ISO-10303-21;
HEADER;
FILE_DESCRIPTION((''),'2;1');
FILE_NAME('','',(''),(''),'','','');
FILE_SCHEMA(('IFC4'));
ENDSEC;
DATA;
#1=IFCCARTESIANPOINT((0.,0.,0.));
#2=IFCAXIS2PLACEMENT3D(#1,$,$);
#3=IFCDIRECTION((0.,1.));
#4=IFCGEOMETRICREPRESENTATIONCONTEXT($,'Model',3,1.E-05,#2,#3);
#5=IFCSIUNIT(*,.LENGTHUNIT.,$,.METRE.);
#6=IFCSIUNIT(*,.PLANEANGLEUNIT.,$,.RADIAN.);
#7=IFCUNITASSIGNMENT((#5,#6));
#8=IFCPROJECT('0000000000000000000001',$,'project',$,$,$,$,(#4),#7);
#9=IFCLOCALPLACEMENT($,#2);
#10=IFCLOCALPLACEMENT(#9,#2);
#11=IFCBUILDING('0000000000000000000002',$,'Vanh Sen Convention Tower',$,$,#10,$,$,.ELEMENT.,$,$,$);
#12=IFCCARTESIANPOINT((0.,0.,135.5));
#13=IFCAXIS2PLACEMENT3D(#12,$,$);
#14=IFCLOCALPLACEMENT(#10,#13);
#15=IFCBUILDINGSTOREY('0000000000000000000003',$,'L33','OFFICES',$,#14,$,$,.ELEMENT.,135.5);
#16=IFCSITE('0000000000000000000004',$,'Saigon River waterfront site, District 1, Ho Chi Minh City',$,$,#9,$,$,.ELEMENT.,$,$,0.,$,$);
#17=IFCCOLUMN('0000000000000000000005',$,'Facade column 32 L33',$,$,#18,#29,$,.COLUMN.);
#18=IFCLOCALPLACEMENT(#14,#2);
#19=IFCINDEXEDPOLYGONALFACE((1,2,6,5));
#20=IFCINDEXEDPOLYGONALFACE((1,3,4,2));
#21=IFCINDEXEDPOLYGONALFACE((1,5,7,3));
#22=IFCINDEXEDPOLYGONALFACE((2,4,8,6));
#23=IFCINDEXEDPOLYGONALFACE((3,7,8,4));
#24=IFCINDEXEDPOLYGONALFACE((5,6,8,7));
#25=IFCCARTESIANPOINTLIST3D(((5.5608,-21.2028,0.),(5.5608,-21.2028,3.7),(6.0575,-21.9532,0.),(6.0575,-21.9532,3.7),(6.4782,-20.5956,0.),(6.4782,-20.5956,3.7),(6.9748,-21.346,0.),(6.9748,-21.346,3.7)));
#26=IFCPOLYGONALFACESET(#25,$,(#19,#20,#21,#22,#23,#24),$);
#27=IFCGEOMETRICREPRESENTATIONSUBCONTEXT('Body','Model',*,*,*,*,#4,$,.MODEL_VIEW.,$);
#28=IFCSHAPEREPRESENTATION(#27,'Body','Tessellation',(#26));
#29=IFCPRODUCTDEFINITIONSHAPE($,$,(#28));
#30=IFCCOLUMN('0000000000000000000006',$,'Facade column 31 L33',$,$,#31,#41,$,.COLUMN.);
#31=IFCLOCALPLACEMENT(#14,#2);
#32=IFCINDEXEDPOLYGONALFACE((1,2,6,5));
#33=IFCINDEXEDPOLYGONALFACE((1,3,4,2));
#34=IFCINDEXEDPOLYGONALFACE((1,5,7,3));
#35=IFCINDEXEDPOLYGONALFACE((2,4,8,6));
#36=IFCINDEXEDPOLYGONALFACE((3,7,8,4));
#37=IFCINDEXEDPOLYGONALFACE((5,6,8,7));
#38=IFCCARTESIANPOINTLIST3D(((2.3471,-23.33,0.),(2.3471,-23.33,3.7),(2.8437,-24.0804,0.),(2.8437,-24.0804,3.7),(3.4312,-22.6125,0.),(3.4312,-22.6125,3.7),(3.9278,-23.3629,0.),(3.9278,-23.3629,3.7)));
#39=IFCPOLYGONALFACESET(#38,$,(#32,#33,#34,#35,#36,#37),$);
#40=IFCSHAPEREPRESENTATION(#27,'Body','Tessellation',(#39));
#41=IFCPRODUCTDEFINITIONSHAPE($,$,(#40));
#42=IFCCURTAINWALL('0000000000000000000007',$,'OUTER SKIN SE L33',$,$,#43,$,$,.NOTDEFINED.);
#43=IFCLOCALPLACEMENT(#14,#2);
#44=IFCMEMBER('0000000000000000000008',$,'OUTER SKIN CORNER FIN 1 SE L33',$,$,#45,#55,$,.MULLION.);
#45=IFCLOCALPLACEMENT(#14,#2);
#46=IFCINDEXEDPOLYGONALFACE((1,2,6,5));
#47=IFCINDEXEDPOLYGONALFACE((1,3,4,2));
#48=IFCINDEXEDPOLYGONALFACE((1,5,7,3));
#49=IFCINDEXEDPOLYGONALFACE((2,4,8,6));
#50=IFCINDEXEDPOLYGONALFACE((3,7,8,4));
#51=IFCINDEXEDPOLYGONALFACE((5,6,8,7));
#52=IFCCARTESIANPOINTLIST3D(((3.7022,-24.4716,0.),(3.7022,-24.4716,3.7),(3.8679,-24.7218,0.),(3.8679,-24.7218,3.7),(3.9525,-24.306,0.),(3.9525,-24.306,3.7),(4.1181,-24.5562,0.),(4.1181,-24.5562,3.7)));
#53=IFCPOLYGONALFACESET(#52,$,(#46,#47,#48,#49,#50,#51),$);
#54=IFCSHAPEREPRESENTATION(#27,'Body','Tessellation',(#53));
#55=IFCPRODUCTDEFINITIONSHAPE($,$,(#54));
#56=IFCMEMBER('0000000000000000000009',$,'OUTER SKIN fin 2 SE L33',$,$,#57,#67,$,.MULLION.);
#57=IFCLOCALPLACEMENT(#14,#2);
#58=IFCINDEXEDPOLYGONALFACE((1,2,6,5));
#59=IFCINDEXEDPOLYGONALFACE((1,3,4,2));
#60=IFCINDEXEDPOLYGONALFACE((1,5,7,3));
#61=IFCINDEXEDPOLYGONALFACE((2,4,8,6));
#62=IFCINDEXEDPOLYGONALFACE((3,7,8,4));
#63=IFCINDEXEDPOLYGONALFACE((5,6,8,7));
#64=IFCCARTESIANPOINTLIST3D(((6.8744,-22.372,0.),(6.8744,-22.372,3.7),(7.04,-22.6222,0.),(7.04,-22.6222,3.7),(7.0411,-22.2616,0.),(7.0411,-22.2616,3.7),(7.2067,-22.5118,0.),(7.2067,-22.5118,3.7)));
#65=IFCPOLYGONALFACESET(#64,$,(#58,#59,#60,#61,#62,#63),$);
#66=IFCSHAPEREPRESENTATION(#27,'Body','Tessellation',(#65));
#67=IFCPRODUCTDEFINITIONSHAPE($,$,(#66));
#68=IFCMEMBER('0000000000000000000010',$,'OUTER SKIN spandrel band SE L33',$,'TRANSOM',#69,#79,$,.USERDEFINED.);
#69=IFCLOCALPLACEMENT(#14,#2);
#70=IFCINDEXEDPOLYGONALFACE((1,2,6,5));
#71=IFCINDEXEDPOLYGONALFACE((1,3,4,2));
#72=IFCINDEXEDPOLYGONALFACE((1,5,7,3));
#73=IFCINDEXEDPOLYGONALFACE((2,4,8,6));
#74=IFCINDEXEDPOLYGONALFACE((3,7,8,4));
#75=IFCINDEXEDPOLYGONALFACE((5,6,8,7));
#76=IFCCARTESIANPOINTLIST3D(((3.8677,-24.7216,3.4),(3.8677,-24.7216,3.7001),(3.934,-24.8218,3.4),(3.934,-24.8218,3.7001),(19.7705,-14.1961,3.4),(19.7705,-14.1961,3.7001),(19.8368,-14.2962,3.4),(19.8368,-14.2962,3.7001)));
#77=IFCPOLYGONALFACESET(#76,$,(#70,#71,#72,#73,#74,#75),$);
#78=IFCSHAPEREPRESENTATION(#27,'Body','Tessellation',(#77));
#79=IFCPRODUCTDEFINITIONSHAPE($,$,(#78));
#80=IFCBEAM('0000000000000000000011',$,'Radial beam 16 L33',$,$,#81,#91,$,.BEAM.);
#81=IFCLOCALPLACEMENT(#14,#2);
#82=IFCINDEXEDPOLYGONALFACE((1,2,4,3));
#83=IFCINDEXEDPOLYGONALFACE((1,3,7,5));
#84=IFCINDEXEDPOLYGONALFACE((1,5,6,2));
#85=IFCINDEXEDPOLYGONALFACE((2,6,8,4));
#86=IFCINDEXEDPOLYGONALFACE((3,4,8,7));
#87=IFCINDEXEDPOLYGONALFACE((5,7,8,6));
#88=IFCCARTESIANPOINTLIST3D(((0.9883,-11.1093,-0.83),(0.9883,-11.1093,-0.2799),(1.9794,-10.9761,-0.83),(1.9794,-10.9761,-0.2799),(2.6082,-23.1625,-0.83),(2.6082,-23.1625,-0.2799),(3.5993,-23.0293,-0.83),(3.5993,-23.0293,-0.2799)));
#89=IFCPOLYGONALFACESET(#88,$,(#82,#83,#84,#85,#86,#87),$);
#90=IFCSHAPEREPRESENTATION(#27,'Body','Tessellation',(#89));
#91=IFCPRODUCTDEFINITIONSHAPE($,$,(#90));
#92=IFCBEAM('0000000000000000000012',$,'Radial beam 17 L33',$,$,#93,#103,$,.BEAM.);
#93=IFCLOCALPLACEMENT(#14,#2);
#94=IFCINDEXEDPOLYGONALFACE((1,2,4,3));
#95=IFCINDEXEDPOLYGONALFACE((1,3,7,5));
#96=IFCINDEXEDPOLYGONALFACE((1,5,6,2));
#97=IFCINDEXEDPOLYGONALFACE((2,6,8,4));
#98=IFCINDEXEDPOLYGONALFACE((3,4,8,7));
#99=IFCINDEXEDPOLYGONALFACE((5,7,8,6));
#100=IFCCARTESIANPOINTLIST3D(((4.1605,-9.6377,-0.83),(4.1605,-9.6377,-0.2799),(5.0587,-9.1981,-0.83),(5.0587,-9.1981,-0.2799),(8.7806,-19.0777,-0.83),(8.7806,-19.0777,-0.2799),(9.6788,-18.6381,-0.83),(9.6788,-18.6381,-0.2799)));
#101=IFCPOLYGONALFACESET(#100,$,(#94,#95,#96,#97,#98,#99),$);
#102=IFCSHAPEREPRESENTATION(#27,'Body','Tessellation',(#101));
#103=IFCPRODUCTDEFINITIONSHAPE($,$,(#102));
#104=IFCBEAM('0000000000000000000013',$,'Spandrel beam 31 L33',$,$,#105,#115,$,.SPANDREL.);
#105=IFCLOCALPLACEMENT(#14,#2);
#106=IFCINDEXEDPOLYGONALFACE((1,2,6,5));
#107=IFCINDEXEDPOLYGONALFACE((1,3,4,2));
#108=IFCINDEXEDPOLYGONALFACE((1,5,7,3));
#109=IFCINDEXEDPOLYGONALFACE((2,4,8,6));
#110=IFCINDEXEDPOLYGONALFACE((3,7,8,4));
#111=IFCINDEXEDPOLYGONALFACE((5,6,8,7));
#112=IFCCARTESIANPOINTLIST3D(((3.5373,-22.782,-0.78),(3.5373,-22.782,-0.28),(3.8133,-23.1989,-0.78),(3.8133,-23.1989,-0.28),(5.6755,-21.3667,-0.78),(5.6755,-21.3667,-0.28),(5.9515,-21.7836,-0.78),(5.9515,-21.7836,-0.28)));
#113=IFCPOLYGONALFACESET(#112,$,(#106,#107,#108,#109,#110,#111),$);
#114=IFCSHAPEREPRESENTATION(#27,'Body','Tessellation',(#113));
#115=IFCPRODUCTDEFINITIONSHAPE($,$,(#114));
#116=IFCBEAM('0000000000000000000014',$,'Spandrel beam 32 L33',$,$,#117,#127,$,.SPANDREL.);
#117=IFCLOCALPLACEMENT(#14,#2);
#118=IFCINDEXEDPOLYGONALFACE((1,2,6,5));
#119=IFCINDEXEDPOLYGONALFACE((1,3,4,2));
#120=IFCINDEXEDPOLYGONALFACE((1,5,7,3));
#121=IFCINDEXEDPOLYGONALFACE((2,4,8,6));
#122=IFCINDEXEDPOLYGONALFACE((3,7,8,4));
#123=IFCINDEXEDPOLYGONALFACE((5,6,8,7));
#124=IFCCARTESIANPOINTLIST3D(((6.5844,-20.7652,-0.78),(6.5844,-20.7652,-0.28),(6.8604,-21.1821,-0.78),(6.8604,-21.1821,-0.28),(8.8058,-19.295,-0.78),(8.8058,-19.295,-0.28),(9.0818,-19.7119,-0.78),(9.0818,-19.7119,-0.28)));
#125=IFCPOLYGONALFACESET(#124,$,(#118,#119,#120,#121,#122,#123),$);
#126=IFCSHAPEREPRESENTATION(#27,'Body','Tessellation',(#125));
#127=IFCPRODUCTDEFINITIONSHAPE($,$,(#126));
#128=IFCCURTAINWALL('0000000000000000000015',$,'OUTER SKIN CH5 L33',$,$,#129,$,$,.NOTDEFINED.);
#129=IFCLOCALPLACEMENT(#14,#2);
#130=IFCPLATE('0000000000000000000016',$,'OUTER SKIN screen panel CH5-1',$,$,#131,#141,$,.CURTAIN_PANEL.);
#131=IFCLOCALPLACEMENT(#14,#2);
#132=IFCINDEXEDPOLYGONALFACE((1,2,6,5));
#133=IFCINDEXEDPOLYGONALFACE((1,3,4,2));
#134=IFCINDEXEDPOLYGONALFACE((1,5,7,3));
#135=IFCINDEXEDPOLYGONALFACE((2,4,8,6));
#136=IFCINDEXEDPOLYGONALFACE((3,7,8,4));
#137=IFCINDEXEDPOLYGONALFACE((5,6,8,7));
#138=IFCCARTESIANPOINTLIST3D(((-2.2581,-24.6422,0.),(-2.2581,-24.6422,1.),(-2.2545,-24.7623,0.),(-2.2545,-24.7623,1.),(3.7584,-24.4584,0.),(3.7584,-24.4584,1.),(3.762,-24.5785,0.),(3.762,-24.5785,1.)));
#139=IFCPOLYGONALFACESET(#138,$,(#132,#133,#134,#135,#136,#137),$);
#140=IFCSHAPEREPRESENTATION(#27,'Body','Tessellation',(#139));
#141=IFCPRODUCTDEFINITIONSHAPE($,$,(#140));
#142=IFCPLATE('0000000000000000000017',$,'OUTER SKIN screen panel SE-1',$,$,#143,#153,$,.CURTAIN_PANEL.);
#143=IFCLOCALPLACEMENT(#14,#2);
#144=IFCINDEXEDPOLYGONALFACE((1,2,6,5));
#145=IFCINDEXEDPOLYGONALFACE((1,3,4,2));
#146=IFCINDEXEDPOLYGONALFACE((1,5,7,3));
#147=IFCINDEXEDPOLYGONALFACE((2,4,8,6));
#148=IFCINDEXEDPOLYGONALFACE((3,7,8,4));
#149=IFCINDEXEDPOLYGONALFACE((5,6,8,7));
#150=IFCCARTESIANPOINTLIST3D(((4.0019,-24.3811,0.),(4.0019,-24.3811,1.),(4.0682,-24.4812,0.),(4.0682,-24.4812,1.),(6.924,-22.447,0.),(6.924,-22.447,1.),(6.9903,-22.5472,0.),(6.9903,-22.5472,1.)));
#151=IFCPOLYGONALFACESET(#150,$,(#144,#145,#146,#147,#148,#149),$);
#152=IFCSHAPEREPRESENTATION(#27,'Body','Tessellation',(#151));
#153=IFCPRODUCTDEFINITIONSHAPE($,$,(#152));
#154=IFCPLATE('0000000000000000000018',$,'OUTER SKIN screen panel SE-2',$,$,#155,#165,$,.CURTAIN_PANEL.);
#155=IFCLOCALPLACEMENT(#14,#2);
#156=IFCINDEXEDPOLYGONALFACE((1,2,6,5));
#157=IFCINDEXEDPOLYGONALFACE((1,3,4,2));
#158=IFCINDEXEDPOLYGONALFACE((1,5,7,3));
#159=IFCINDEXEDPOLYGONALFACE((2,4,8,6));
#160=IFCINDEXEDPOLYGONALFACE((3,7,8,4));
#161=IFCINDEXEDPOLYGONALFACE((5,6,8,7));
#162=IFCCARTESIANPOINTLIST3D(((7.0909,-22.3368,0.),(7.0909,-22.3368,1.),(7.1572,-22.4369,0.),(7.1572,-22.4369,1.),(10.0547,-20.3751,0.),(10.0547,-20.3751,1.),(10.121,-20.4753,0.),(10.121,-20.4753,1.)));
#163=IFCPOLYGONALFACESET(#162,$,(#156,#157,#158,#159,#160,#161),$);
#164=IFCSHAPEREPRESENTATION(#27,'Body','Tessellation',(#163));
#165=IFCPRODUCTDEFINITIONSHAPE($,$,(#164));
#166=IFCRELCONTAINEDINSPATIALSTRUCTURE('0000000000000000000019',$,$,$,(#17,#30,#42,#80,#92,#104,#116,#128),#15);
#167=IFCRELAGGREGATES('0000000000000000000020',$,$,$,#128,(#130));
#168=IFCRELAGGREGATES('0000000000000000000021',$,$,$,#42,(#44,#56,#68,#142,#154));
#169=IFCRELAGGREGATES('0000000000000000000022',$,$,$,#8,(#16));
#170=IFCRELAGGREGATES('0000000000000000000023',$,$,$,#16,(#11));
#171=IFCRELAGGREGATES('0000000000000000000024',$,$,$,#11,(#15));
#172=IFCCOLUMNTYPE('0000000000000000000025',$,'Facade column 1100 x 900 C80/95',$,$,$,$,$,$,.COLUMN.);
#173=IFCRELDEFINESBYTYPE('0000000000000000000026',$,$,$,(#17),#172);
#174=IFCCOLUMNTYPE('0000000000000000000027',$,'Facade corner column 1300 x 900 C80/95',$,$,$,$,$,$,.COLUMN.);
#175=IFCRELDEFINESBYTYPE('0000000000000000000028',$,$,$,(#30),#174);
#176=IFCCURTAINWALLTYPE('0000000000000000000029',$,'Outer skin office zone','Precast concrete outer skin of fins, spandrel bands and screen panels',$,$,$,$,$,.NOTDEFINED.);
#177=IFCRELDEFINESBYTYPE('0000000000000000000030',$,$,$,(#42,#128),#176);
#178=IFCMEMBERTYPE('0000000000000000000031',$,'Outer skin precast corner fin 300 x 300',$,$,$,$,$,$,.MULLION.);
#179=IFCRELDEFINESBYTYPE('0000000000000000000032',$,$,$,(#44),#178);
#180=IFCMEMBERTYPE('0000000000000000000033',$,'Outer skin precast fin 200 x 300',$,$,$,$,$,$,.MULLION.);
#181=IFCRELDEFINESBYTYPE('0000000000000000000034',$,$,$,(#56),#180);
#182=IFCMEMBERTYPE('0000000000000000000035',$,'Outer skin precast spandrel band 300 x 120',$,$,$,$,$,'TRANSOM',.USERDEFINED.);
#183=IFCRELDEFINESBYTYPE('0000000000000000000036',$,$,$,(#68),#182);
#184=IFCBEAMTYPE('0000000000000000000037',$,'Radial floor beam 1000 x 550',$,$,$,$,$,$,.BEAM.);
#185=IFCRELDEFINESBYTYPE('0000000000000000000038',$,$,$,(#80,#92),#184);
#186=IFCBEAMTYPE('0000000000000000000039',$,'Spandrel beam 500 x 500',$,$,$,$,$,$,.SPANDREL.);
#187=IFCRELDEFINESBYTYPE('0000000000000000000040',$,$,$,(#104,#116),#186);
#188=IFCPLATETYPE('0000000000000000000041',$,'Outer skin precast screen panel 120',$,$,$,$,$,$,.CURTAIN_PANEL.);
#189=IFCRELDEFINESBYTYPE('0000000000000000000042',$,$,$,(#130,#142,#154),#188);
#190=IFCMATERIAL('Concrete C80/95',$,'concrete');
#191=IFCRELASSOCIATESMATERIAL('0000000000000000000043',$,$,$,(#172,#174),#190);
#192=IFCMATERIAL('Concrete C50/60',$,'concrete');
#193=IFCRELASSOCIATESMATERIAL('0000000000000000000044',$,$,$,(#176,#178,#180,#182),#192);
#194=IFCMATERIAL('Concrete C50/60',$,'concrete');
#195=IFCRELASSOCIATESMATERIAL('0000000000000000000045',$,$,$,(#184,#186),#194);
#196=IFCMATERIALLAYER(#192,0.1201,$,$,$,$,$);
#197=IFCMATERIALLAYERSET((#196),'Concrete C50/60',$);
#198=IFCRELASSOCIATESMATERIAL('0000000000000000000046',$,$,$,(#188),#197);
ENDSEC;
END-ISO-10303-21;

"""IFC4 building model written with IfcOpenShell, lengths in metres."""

from ifc_helpers import new_model, si_unit, direction, frame, origin, origin_2d, place, context, subcontext, project, spatial, rectangle, extrude, material, layer, layer_set, material_profile, profile_set, type_object, element, aggregate, save


model = new_model("IFC4")

# Units and contexts
model_context = context("Model", 3, precision=1e-05, world=origin(), true_north=direction((0.0, 1.0)))
body_context = subcontext(model_context, "Body", "Model", "MODEL_VIEW")
ifc_project = project(units=[si_unit("LENGTHUNIT", "METRE"), si_unit("PLANEANGLEUNIT", "RADIAN")], contexts=[model_context])

# Site, building, storey
site_placement = place(None, origin())
site = spatial("IfcSite", under=ifc_project, at=site_placement, Name="Saigon River waterfront site, District 1, Ho Chi Minh City", CompositionType="ELEMENT", RefElevation=0.0)
building_placement = place(site_placement, origin())
building = spatial("IfcBuilding", under=site, at=building_placement, Name="Vanh Sen Convention Tower", CompositionType="ELEMENT")
storey_placement = place(building_placement, frame((0.0, 0.0, 135.5)))
storey = spatial("IfcBuildingStorey", under=building, at=storey_placement, Name="L33", Description="OFFICES", CompositionType="ELEMENT", Elevation=135.5)

# Columns
ifc_material_1 = material(Name="Concrete C80/95", Category="concrete")
ifc_material_profile_1 = material_profile(ifc_material_1, rectangle(XDim=1.1001, YDim=0.8999, at=origin_2d()), Name="RC 1100X900")
ifc_profile_set_1 = profile_set([ifc_material_profile_1], Name="Concrete C80/95")
column_type_1 = type_object("IfcColumnType", Name="Facade column 1100 x 900 C80/95", PredefinedType="COLUMN", material=ifc_profile_set_1)
column_1_placement = place(storey_placement, frame((6.2678, -21.2744, 0.0), z_axis=(0.0, 0.0, 1.0), x_axis=(0.833886, 0.551937, 0.0)))
element("IfcColumn", 1, at=column_1_placement, inside=storey, type_object=column_type_1, Name="Facade column 32 L33", PredefinedType="COLUMN", context=body_context, shape_type="SweptSolid", body=[
    extrude(rectangle(XDim=1.1001, YDim=0.8999, at=origin_2d()), origin(), (0.0, 0.0, 1.0), 3.7),
])
ifc_material_profile_2 = material_profile(ifc_material_1, rectangle(XDim=1.3, YDim=0.8999, at=origin_2d()), Name="RC 1300X900")
ifc_profile_set_2 = profile_set([ifc_material_profile_2], Name="Concrete C80/95")
column_type_2 = type_object("IfcColumnType", Name="Facade corner column 1300 x 900 C80/95", PredefinedType="COLUMN", material=ifc_profile_set_2)
column_2_placement = place(storey_placement, frame((3.1375, -23.3464, 0.0), z_axis=(0.0, 0.0, 1.0), x_axis=(0.833886, 0.551937, 0.0)))
element("IfcColumn", 2, at=column_2_placement, inside=storey, type_object=column_type_2, Name="Facade column 31 L33", PredefinedType="COLUMN", context=body_context, shape_type="SweptSolid", body=[
    extrude(rectangle(XDim=1.3, YDim=0.8999, at=origin_2d()), origin(), (0.0, 0.0, 1.0), 3.7),
])

# Curtain wall, members
ifc_material_2 = material(Name="Concrete C50/60", Category="concrete")
curtain_wall_type = type_object("IfcCurtainWallType", Name="Outer skin office zone", Description="Precast concrete outer skin of fins, spandrel bands and screen panels", PredefinedType="NOTDEFINED", material=ifc_material_2)
curtain_wall_1_placement = place(storey_placement, origin())
curtain_wall_1 = element("IfcCurtainWall", 3, at=curtain_wall_1_placement, inside=storey, type_object=curtain_wall_type, Name="OUTER SKIN SE L33", PredefinedType="NOTDEFINED")
ifc_material_profile_3 = material_profile(ifc_material_2, rectangle(XDim=0.3, YDim=0.3, at=origin_2d()), Name="Outer skin precast corner fin 300 x 300")
ifc_profile_set_3 = profile_set([ifc_material_profile_3], Name="Concrete C50/60")
member_type_1 = type_object("IfcMemberType", Name="Outer skin precast corner fin 300 x 300", PredefinedType="MULLION", material=ifc_profile_set_3)
member_1_placement = place(storey_placement, frame((3.9102, -24.5139, 0.0), z_axis=(0.0, 0.0, 1.0), x_axis=(0.833886, 0.551937, 0.0)))
member_1 = element("IfcMember", 4, at=member_1_placement, type_object=member_type_1, Name="OUTER SKIN CORNER FIN 1 SE L33", PredefinedType="MULLION", context=body_context, shape_type="SweptSolid", body=[
    extrude(rectangle(XDim=0.3, YDim=0.3, at=origin_2d()), origin(), (0.0, 0.0, 1.0), 3.7),
])
ifc_material_profile_4 = material_profile(ifc_material_2, rectangle(XDim=0.2, YDim=0.3, at=origin_2d()), Name="Outer skin precast fin 200 x 300")
ifc_profile_set_4 = profile_set([ifc_material_profile_4], Name="Concrete C50/60")
member_type_2 = type_object("IfcMemberType", Name="Outer skin precast fin 200 x 300", PredefinedType="MULLION", material=ifc_profile_set_4)
member_2_placement = place(storey_placement, frame((7.0405, -22.4419, 0.0), z_axis=(0.0, 0.0, 1.0), x_axis=(0.833886, 0.551937, 0.0)))
member_2 = element("IfcMember", 5, at=member_2_placement, type_object=member_type_2, Name="OUTER SKIN fin 2 SE L33", PredefinedType="MULLION", context=body_context, shape_type="SweptSolid", body=[
    extrude(rectangle(XDim=0.2, YDim=0.3, at=origin_2d()), origin(), (0.0, 0.0, 1.0), 3.7),
])
ifc_material_profile_5 = material_profile(ifc_material_2, rectangle(XDim=0.1201, YDim=0.3, at=origin_2d()), Name="Outer skin precast spandrel band 300 x 120")
ifc_profile_set_5 = profile_set([ifc_material_profile_5], Name="Concrete C50/60")
member_type_3 = type_object("IfcMemberType", Name="Outer skin precast spandrel band 300 x 120", ElementType="TRANSOM", PredefinedType="USERDEFINED", material=ifc_profile_set_5)
member_3_placement = place(storey_placement, frame((3.9009, -24.7717, 3.55), z_axis=(0.833891, 0.551929, 0.0), x_axis=(-0.551929, 0.833891, 0.0)))
member_3 = element("IfcMember", 6, at=member_3_placement, type_object=member_type_3, Name="OUTER SKIN spandrel band SE L33", ObjectType="TRANSOM", PredefinedType="USERDEFINED", context=body_context, shape_type="SweptSolid", body=[
    extrude(rectangle(XDim=0.1201, YDim=0.3, at=origin_2d()), origin(), (0.0, 0.0, 1.0), 19.0706),
])

# Beams
ifc_material_3 = material(Name="Concrete C50/60", Category="concrete")
ifc_material_profile_6 = material_profile(ifc_material_3, rectangle(XDim=1.0, YDim=0.55, at=origin_2d()), Name="RC 1000X550")
ifc_profile_set_6 = profile_set([ifc_material_profile_6], Name="Concrete C50/60")
beam_type_1 = type_object("IfcBeamType", Name="Radial floor beam 1000 x 550", PredefinedType="BEAM", material=ifc_profile_set_6)
beam_1_placement = place(storey_placement, frame((3.1038, -23.0959, -0.5549), z_axis=(-0.133196, 0.99109, 0.0), x_axis=(-0.99109, -0.133196, 0.0)))
element("IfcBeam", 7, at=beam_1_placement, inside=storey, type_object=beam_type_1, Name="Radial beam 16 L33", PredefinedType="BEAM", context=body_context, shape_type="SweptSolid", body=[
    extrude(rectangle(XDim=1.0, YDim=0.55, at=origin_2d()), origin(), (0.0, 0.0, 1.0), 12.1616),
])
beam_2_placement = place(storey_placement, frame((9.2297, -18.8579, -0.5549), z_axis=(-0.439597, 0.898195, 0.0), x_axis=(-0.898195, -0.439597, 0.0)))
element("IfcBeam", 8, at=beam_2_placement, inside=storey, type_object=beam_type_1, Name="Radial beam 17 L33", PredefinedType="BEAM", context=body_context, shape_type="SweptSolid", body=[
    extrude(rectangle(XDim=1.0, YDim=0.55, at=origin_2d()), origin(), (0.0, 0.0, 1.0), 10.51),
])
ifc_material_profile_7 = material_profile(ifc_material_3, rectangle(XDim=0.5, YDim=0.5, at=origin_2d()), Name="RC 500X500")
ifc_profile_set_7 = profile_set([ifc_material_profile_7], Name="Concrete C50/60")
beam_type_2 = type_object("IfcBeamType", Name="Spandrel beam 500 x 500", PredefinedType="SPANDREL", material=ifc_profile_set_7)
beam_3_placement = place(storey_placement, frame((3.6753, -22.9905, -0.53), z_axis=(0.833877, 0.551951, 0.0), x_axis=(-0.551951, 0.833877, 0.0)))
element("IfcBeam", 9, at=beam_3_placement, inside=storey, type_object=beam_type_2, Name="Spandrel beam 31 L33", PredefinedType="SPANDREL", context=body_context, shape_type="SweptSolid", body=[
    extrude(rectangle(XDim=0.5, YDim=0.5, at=origin_2d()), origin(), (0.0, 0.0, 1.0), 2.5642),
])
beam_4_placement = place(storey_placement, frame((6.7224, -20.9736, -0.53), z_axis=(0.833907, 0.551905, 0.0), x_axis=(-0.551905, 0.833907, 0.0)))
element("IfcBeam", 10, at=beam_4_placement, inside=storey, type_object=beam_type_2, Name="Spandrel beam 32 L33", PredefinedType="SPANDREL", context=body_context, shape_type="SweptSolid", body=[
    extrude(rectangle(XDim=0.5, YDim=0.5, at=origin_2d()), origin(), (0.0, 0.0, 1.0), 2.6638),
])

# Curtain wall, plate
curtain_wall_2_placement = place(storey_placement, origin())
curtain_wall_2 = element("IfcCurtainWall", 11, at=curtain_wall_2_placement, inside=storey, type_object=curtain_wall_type, Name="OUTER SKIN CH5 L33", PredefinedType="NOTDEFINED")
ifc_layer_1 = layer(ifc_material_2, 0.1201)
ifc_layer_set_1 = layer_set([ifc_layer_1], Name="Concrete C50/60")
plate_type = type_object("IfcPlateType", Name="Outer skin precast screen panel 120", PredefinedType="CURTAIN_PANEL", material=ifc_layer_set_1)
plate_1_placement = place(storey_placement, frame((0.752, -24.6104, 0.0), z_axis=(0.0, 0.0, 1.0), x_axis=(0.999534, 0.03054, 0.0)))
plate_1 = element("IfcPlate", 12, at=plate_1_placement, type_object=plate_type, Name="OUTER SKIN screen panel CH5-1", PredefinedType="CURTAIN_PANEL", context=body_context, shape_type="SweptSolid", body=[
    extrude(rectangle(XDim=6.0193, YDim=0.1201, at=origin_2d()), origin(), (0.0, 0.0, 1.0), 1.0),
])
aggregate(curtain_wall_2, [plate_1])

# Plates
plate_2_placement = place(storey_placement, frame((5.4961, -23.4641, 0.0), z_axis=(0.0, 0.0, 1.0), x_axis=(0.83389, 0.551931, 0.0)))
plate_2 = element("IfcPlate", 13, at=plate_2_placement, type_object=plate_type, Name="OUTER SKIN screen panel SE-1", PredefinedType="CURTAIN_PANEL", context=body_context, shape_type="SweptSolid", body=[
    extrude(rectangle(XDim=3.5042, YDim=0.1201, at=origin_2d()), origin(), (0.0, 0.0, 1.0), 1.0),
])
plate_3_placement = place(storey_placement, frame((8.606, -21.406, 0.0), z_axis=(0.0, 0.0, 1.0), x_axis=(0.83389, 0.551931, 0.0)))
plate_3 = element("IfcPlate", 14, at=plate_3_placement, type_object=plate_type, Name="OUTER SKIN screen panel SE-2", PredefinedType="CURTAIN_PANEL", context=body_context, shape_type="SweptSolid", body=[
    extrude(rectangle(XDim=3.5542, YDim=0.1201, at=origin_2d()), origin(), (0.0, 0.0, 1.0), 1.0),
])
aggregate(curtain_wall_1, [member_1, member_2, member_3, plate_2, plate_3])

save(model, "model.ifc")
